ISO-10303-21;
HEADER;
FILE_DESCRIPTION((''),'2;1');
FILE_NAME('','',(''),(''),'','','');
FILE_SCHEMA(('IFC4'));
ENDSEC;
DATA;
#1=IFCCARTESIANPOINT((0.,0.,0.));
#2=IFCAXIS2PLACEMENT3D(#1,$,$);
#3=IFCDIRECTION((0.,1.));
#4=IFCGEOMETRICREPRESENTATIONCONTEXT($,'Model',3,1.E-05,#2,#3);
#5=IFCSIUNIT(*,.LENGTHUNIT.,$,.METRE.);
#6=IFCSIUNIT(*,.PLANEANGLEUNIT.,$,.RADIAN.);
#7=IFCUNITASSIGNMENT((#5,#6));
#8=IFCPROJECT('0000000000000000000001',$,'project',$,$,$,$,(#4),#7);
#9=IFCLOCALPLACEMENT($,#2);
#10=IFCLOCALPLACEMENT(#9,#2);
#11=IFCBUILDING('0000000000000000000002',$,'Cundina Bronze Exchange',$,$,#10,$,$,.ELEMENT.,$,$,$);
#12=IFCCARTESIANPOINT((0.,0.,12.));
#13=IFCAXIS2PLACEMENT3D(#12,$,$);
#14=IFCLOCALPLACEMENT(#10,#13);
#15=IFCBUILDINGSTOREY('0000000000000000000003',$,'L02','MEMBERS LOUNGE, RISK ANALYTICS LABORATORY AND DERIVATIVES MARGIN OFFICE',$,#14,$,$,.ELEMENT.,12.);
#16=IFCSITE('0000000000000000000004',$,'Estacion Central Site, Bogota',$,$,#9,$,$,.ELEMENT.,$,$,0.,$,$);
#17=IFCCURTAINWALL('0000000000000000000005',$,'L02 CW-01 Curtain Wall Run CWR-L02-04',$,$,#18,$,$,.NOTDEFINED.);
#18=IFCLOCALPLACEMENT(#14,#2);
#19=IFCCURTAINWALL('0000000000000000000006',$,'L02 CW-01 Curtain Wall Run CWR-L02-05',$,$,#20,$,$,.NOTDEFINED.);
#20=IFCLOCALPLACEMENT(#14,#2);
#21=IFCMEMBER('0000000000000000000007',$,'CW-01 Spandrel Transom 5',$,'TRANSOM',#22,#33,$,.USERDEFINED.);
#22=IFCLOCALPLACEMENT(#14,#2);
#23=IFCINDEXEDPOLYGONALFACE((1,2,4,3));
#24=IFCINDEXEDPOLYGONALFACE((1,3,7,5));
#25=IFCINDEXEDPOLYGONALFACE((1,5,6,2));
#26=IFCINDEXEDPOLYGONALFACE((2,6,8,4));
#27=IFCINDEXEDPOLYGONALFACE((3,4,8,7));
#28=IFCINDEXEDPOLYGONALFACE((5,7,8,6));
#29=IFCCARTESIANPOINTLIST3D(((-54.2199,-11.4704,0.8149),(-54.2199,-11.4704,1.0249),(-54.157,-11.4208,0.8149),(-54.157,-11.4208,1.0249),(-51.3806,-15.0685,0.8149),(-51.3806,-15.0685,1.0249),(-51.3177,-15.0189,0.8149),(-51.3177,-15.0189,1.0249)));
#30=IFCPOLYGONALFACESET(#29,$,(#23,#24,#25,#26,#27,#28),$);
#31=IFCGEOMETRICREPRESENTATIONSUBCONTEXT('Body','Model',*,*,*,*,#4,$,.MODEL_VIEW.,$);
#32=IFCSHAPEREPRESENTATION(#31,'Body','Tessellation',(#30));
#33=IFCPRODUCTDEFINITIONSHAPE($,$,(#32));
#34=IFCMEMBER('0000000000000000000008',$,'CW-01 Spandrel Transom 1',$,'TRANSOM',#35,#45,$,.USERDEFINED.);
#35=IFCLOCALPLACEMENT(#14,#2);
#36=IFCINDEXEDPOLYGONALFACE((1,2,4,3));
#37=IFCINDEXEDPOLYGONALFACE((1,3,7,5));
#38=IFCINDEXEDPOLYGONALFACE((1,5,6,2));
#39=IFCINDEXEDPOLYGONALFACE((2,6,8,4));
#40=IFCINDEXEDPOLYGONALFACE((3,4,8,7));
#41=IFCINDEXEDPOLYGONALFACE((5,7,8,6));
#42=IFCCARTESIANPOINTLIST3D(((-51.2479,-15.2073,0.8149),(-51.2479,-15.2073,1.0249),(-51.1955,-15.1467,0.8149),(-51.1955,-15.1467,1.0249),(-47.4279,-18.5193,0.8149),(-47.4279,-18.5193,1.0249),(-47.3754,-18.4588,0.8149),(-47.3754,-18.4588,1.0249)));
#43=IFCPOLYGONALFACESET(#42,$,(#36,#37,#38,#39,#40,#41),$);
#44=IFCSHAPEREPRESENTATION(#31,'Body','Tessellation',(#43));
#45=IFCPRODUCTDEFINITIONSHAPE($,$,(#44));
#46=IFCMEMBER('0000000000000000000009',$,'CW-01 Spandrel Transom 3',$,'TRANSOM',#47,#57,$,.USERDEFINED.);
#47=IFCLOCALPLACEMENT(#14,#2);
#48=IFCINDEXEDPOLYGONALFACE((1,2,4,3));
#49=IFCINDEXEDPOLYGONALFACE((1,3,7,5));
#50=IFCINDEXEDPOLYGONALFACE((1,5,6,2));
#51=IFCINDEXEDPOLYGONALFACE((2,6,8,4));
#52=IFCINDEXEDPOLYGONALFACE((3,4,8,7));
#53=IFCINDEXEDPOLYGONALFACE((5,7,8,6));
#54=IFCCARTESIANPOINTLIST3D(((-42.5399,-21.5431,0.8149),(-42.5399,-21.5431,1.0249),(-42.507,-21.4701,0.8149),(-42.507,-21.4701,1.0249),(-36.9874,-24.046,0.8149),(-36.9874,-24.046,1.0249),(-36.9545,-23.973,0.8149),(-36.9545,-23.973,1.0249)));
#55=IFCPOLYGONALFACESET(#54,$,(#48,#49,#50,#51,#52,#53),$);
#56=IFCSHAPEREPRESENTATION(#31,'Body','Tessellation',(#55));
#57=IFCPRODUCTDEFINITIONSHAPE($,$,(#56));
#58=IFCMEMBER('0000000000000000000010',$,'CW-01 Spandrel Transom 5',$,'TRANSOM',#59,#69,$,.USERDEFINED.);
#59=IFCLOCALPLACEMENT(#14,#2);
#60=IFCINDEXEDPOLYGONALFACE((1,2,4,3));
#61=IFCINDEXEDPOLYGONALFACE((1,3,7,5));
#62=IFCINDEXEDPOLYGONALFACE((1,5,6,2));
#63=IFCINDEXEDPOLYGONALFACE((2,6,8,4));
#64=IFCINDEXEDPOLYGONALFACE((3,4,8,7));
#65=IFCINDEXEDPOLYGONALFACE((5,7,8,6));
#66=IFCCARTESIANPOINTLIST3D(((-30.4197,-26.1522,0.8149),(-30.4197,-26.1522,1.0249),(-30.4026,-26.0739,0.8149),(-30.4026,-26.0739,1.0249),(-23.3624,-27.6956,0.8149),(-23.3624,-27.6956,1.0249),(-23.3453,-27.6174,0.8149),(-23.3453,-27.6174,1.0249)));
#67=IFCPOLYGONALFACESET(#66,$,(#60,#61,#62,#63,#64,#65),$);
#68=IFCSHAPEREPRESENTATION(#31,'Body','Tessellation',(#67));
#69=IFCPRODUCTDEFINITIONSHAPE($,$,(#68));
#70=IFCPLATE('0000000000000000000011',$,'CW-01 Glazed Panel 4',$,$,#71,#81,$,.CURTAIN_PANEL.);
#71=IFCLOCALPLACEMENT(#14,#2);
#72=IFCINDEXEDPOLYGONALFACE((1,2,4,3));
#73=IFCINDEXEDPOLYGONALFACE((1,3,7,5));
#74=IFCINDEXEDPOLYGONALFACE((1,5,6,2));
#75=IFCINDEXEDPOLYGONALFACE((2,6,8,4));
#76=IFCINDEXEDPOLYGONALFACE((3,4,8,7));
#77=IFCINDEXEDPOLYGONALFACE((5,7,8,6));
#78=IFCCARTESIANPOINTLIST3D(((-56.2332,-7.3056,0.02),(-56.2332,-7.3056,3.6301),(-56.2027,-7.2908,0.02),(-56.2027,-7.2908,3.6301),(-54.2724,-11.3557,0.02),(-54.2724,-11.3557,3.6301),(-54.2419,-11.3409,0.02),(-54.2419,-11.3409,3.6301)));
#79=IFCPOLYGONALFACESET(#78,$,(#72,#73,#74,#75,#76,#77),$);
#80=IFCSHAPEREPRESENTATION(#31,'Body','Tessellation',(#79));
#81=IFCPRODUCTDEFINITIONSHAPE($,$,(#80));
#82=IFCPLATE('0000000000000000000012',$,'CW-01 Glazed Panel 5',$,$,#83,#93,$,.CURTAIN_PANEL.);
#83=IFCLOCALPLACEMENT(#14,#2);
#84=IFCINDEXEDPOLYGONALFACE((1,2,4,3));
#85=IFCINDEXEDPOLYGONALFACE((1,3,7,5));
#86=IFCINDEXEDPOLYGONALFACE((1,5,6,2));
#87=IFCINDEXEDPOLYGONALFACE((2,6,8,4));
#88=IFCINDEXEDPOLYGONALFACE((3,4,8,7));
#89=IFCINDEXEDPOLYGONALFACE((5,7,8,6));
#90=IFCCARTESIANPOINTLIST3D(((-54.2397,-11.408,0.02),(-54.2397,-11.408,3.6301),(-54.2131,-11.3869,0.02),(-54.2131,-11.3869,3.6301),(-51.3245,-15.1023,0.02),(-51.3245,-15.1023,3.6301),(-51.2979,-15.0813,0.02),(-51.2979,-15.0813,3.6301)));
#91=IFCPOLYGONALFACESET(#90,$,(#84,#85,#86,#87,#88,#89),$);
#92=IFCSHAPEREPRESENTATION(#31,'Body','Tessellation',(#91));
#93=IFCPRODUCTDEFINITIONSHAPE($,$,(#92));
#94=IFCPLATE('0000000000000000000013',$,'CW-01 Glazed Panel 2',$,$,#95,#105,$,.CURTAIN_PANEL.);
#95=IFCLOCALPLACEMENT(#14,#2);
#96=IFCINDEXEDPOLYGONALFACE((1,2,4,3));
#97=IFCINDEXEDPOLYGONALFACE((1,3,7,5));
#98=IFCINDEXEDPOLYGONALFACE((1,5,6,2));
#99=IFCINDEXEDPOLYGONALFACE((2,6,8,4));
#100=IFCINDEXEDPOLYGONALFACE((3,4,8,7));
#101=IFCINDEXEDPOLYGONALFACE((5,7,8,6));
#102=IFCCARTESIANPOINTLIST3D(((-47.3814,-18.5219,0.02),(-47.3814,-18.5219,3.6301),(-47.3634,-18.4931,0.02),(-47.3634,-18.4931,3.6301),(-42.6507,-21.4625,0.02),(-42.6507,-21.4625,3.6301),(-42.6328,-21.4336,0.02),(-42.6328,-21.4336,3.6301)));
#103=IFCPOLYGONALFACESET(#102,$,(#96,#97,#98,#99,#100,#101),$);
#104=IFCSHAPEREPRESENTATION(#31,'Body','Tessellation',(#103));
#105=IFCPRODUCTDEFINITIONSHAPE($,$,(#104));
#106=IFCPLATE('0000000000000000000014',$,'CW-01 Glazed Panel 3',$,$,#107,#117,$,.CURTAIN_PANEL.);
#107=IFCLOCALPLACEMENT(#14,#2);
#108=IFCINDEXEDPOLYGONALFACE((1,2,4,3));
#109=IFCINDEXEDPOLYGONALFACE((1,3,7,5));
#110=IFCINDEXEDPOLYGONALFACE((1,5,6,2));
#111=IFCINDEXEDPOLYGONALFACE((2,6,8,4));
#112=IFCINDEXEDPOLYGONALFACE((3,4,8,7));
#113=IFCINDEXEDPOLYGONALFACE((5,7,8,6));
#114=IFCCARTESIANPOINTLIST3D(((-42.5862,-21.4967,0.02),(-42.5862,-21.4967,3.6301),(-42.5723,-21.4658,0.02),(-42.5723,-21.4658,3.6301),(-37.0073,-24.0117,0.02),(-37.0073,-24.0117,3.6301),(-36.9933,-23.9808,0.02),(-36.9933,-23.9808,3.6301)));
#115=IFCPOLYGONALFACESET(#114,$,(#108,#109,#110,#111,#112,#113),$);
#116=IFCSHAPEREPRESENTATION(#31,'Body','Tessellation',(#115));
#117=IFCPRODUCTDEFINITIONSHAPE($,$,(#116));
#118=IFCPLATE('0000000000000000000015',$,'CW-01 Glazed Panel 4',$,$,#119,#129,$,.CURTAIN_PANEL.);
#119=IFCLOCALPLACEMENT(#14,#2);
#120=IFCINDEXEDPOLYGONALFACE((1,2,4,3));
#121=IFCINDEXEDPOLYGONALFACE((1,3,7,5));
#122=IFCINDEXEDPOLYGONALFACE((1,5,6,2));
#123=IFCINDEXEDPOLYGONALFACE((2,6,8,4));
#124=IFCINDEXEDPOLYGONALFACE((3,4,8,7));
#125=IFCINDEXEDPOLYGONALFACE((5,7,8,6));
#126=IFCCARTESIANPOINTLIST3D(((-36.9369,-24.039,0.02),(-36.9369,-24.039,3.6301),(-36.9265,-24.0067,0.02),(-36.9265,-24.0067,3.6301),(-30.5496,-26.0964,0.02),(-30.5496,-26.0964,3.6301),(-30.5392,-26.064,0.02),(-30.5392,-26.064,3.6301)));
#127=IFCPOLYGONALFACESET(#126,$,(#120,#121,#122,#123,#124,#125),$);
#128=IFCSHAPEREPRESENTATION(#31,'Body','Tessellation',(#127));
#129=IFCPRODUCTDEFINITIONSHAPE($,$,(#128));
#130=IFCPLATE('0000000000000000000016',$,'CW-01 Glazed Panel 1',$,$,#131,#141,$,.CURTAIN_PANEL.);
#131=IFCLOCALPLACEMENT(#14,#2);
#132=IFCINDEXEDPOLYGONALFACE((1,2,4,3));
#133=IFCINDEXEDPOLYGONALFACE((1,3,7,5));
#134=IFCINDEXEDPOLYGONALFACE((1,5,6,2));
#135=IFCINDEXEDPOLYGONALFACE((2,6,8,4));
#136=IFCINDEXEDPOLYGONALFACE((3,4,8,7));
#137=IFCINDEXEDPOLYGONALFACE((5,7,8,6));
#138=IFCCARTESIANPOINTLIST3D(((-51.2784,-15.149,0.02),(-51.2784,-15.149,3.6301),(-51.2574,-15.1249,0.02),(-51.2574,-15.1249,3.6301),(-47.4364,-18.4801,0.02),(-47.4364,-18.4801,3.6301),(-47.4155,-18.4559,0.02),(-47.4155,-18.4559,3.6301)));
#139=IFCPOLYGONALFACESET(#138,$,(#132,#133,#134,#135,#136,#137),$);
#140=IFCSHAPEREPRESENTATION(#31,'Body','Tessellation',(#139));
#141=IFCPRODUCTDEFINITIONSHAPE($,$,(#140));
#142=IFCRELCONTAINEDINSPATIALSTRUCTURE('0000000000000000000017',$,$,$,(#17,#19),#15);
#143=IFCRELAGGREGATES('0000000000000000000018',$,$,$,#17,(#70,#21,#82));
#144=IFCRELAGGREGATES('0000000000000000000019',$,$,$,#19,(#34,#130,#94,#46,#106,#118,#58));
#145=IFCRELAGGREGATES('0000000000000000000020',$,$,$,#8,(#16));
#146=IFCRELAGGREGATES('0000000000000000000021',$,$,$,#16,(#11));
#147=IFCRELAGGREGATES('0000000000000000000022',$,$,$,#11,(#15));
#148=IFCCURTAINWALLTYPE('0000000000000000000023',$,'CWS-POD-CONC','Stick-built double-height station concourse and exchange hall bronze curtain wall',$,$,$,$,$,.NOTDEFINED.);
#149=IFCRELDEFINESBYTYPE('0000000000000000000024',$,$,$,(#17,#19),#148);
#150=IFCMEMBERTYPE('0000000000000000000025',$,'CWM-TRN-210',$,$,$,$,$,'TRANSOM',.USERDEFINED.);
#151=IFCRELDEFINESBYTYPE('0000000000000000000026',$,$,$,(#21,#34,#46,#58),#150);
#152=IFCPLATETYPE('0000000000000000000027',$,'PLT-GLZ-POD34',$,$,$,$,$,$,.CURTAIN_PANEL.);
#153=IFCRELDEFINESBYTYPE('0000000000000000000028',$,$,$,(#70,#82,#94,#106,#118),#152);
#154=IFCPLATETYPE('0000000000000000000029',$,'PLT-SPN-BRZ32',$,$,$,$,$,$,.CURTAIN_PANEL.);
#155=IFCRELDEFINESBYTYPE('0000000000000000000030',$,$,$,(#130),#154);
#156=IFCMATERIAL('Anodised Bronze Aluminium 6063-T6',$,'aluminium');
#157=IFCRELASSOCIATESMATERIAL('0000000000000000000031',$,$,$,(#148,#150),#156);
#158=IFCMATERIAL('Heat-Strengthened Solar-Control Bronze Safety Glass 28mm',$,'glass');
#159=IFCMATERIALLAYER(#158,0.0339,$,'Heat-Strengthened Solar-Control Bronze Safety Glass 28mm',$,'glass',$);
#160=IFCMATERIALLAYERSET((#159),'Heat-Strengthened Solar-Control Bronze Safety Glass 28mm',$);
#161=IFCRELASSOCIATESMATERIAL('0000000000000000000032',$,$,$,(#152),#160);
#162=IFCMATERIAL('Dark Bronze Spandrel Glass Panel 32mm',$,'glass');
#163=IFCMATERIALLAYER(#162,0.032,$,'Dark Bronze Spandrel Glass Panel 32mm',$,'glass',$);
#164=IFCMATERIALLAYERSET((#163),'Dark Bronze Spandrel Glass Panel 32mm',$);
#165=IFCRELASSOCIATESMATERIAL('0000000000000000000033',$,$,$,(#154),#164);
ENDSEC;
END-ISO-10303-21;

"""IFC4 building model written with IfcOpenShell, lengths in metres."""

from ifc_helpers import new_model, si_unit, direction, frame, origin, origin_2d, place, context, subcontext, project, spatial, rectangle, extrude, material, layer, layer_set, material_profile, profile_set, type_object, element, aggregate, save


model = new_model("IFC4")

# Units and contexts
model_context = context("Model", 3, precision=1e-05, world=origin(), true_north=direction((0.0, 1.0)))
body_context = subcontext(model_context, "Body", "Model", "MODEL_VIEW")
ifc_project = project(units=[si_unit("LENGTHUNIT", "METRE"), si_unit("PLANEANGLEUNIT", "RADIAN")], contexts=[model_context])

# Site, building, storey
site_placement = place(None, origin())
site = spatial("IfcSite", under=ifc_project, at=site_placement, Name="Estacion Central Site, Bogota", CompositionType="ELEMENT", RefElevation=0.0)
building_placement = place(site_placement, origin())
building = spatial("IfcBuilding", under=site, at=building_placement, Name="Cundina Bronze Exchange", CompositionType="ELEMENT")
storey_placement = place(building_placement, frame((0.0, 0.0, 12.0)))
storey = spatial("IfcBuildingStorey", under=building, at=storey_placement, Name="L02", Description="MEMBERS LOUNGE, RISK ANALYTICS LABORATORY AND DERIVATIVES MARGIN OFFICE", CompositionType="ELEMENT", Elevation=12.0)

# Curtain walls
ifc_material_1 = material(Name="Anodised Bronze Aluminium 6063-T6", Category="aluminium")
curtain_wall_type = type_object("IfcCurtainWallType", Name="CWS-POD-CONC", Description="Stick-built double-height station concourse and exchange hall bronze curtain wall", PredefinedType="NOTDEFINED", material=ifc_material_1)
curtain_wall_1_placement = place(storey_placement, origin())
curtain_wall_1 = element("IfcCurtainWall", 1, at=curtain_wall_1_placement, inside=storey, type_object=curtain_wall_type, Name="L02 CW-01 Curtain Wall Run CWR-L02-04", PredefinedType="NOTDEFINED")
curtain_wall_2_placement = place(storey_placement, origin())
curtain_wall_2 = element("IfcCurtainWall", 2, at=curtain_wall_2_placement, inside=storey, type_object=curtain_wall_type, Name="L02 CW-01 Curtain Wall Run CWR-L02-05", PredefinedType="NOTDEFINED")

# Members
ifc_material_profile_1 = material_profile(ifc_material_1, rectangle(XDim=0.0801, YDim=0.21, at=origin_2d()), Name="AL80X210", Category="aluminium")
ifc_profile_set_1 = profile_set([ifc_material_profile_1], Name="Anodised Bronze Aluminium 6063-T6")
member_type_1 = type_object("IfcMemberType", Name="CWM-TRN-210", ElementType="TRANSOM", PredefinedType="USERDEFINED", material=ifc_profile_set_1)
member_1_placement = place(storey_placement, frame((-54.1885, -11.4456, 0.9199), z_axis=(0.619472, -0.785019, 0.0), x_axis=(0.785019, 0.619472, 0.0)))
member_1 = element("IfcMember", 3, at=member_1_placement, type_object=member_type_1, Name="CW-01 Spandrel Transom 5", ObjectType="TRANSOM", PredefinedType="USERDEFINED", context=body_context, shape_type="SweptSolid", body=[
    extrude(rectangle(XDim=0.0801, YDim=0.21, at=origin_2d()), origin(), (0.0, 0.0, 1.0), 4.5835),
])
member_2_placement = place(storey_placement, frame((-51.2217, -15.177, 0.9199), z_axis=(0.755563, -0.655076, 0.0), x_axis=(0.655076, 0.755563, 0.0)))
member_2 = element("IfcMember", 4, at=member_2_placement, type_object=member_type_1, Name="CW-01 Spandrel Transom 1", ObjectType="TRANSOM", PredefinedType="USERDEFINED", context=body_context, shape_type="SweptSolid", body=[
    extrude(rectangle(XDim=0.0801, YDim=0.21, at=origin_2d()), origin(), (0.0, 0.0, 1.0), 5.0559),
])
member_3_placement = place(storey_placement, frame((-42.5234, -21.5066, 0.9199), z_axis=(0.911657, -0.410953, 0.0), x_axis=(0.410953, 0.911657, 0.0)))
member_3 = element("IfcMember", 5, at=member_3_placement, type_object=member_type_1, Name="CW-01 Spandrel Transom 3", ObjectType="TRANSOM", PredefinedType="USERDEFINED", context=body_context, shape_type="SweptSolid", body=[
    extrude(rectangle(XDim=0.0801, YDim=0.21, at=origin_2d()), origin(), (0.0, 0.0, 1.0), 6.0906),
])
member_4_placement = place(storey_placement, frame((-30.4111, -26.113, 0.9199), z_axis=(0.97691, -0.213652, 0.0), x_axis=(0.213652, 0.97691, 0.0)))
member_4 = element("IfcMember", 6, at=member_4_placement, type_object=member_type_1, Name="CW-01 Spandrel Transom 5", ObjectType="TRANSOM", PredefinedType="USERDEFINED", context=body_context, shape_type="SweptSolid", body=[
    extrude(rectangle(XDim=0.0801, YDim=0.21, at=origin_2d()), origin(), (0.0, 0.0, 1.0), 7.2241),
])

# Plates
ifc_material_2 = material(Name="Heat-Strengthened Solar-Control Bronze Safety Glass 28mm", Category="glass")
ifc_layer_1 = layer(ifc_material_2, 0.0339, Name="Heat-Strengthened Solar-Control Bronze Safety Glass 28mm", Category="glass")
ifc_layer_set_1 = layer_set([ifc_layer_1], Name="Heat-Strengthened Solar-Control Bronze Safety Glass 28mm")
plate_type_1 = type_object("IfcPlateType", Name="PLT-GLZ-POD34", PredefinedType="CURTAIN_PANEL", material=ifc_layer_set_1)
plate_1_placement = place(storey_placement, frame((-55.2375, -9.3232, 0.02), z_axis=(0.0, 0.0, 1.0), x_axis=(0.435765, -0.90006, 0.0)))
plate_1 = element("IfcPlate", 7, at=plate_1_placement, type_object=plate_type_1, Name="CW-01 Glazed Panel 4", PredefinedType="CURTAIN_PANEL", context=body_context, shape_type="SweptSolid", body=[
    extrude(rectangle(XDim=4.4998, YDim=0.0339, at=origin_2d()), origin(), (0.0, 0.0, 1.0), 3.6101),
])
plate_2_placement = place(storey_placement, frame((-52.7688, -13.2446, 0.02), z_axis=(0.0, 0.0, 1.0), x_axis=(0.619464, -0.785025, 0.0)))
plate_2 = element("IfcPlate", 8, at=plate_2_placement, type_object=plate_type_1, Name="CW-01 Glazed Panel 5", PredefinedType="CURTAIN_PANEL", context=body_context, shape_type="SweptSolid", body=[
    extrude(rectangle(XDim=4.7061, YDim=0.0339, at=origin_2d()), origin(), (0.0, 0.0, 1.0), 3.6101),
])
aggregate(curtain_wall_1, [plate_1, member_1, plate_2])
plate_3_placement = place(storey_placement, frame((-45.0071, -19.9778, 0.02), z_axis=(0.0, 0.0, 1.0), x_axis=(0.849294, -0.52792, 0.0)))
plate_3 = element("IfcPlate", 9, at=plate_3_placement, type_object=plate_type_1, Name="CW-01 Glazed Panel 2", PredefinedType="CURTAIN_PANEL", context=body_context, shape_type="SweptSolid", body=[
    extrude(rectangle(XDim=5.5701, YDim=0.0339, at=origin_2d()), origin(), (0.0, 0.0, 1.0), 3.6101),
])
plate_4_placement = place(storey_placement, frame((-39.7898, -22.7388, 0.02), z_axis=(0.0, 0.0, 1.0), x_axis=(0.911647, -0.410973, 0.0)))
plate_4 = element("IfcPlate", 10, at=plate_4_placement, type_object=plate_type_1, Name="CW-01 Glazed Panel 3", PredefinedType="CURTAIN_PANEL", context=body_context, shape_type="SweptSolid", body=[
    extrude(rectangle(XDim=6.1196, YDim=0.0339, at=origin_2d()), origin(), (0.0, 0.0, 1.0), 3.6101),
])
plate_5_placement = place(storey_placement, frame((-33.738, -25.0515, 0.02), z_axis=(0.0, 0.0, 1.0), x_axis=(0.951841, -0.306593, 0.0)))
plate_5 = element("IfcPlate", 11, at=plate_5_placement, type_object=plate_type_1, Name="CW-01 Glazed Panel 4", PredefinedType="CURTAIN_PANEL", context=body_context, shape_type="SweptSolid", body=[
    extrude(rectangle(XDim=6.7104, YDim=0.0339, at=origin_2d()), origin(), (0.0, 0.0, 1.0), 3.6101),
])
ifc_material_3 = material(Name="Dark Bronze Spandrel Glass Panel 32mm", Category="glass")
ifc_layer_2 = layer(ifc_material_3, 0.032, Name="Dark Bronze Spandrel Glass Panel 32mm", Category="glass")
ifc_layer_set_2 = layer_set([ifc_layer_2], Name="Dark Bronze Spandrel Glass Panel 32mm")
plate_type_2 = type_object("IfcPlateType", Name="PLT-SPN-BRZ32", PredefinedType="CURTAIN_PANEL", material=ifc_layer_set_2)
plate_6_placement = place(storey_placement, frame((-49.3469, -16.8025, 0.02), z_axis=(0.0, 0.0, 1.0), x_axis=(0.755556, -0.655084, 0.0)))
plate_6 = element("IfcPlate", 12, at=plate_6_placement, type_object=plate_type_2, Name="CW-01 Glazed Panel 1", PredefinedType="CURTAIN_PANEL", context=body_context, shape_type="SweptSolid", body=[
    extrude(rectangle(XDim=5.085, YDim=0.032, at=origin_2d()), origin(), (0.0, 0.0, 1.0), 3.6101),
])
aggregate(curtain_wall_2, [member_2, plate_6, plate_3, member_3, plate_4, plate_5, member_4])

save(model, "model.ifc")
